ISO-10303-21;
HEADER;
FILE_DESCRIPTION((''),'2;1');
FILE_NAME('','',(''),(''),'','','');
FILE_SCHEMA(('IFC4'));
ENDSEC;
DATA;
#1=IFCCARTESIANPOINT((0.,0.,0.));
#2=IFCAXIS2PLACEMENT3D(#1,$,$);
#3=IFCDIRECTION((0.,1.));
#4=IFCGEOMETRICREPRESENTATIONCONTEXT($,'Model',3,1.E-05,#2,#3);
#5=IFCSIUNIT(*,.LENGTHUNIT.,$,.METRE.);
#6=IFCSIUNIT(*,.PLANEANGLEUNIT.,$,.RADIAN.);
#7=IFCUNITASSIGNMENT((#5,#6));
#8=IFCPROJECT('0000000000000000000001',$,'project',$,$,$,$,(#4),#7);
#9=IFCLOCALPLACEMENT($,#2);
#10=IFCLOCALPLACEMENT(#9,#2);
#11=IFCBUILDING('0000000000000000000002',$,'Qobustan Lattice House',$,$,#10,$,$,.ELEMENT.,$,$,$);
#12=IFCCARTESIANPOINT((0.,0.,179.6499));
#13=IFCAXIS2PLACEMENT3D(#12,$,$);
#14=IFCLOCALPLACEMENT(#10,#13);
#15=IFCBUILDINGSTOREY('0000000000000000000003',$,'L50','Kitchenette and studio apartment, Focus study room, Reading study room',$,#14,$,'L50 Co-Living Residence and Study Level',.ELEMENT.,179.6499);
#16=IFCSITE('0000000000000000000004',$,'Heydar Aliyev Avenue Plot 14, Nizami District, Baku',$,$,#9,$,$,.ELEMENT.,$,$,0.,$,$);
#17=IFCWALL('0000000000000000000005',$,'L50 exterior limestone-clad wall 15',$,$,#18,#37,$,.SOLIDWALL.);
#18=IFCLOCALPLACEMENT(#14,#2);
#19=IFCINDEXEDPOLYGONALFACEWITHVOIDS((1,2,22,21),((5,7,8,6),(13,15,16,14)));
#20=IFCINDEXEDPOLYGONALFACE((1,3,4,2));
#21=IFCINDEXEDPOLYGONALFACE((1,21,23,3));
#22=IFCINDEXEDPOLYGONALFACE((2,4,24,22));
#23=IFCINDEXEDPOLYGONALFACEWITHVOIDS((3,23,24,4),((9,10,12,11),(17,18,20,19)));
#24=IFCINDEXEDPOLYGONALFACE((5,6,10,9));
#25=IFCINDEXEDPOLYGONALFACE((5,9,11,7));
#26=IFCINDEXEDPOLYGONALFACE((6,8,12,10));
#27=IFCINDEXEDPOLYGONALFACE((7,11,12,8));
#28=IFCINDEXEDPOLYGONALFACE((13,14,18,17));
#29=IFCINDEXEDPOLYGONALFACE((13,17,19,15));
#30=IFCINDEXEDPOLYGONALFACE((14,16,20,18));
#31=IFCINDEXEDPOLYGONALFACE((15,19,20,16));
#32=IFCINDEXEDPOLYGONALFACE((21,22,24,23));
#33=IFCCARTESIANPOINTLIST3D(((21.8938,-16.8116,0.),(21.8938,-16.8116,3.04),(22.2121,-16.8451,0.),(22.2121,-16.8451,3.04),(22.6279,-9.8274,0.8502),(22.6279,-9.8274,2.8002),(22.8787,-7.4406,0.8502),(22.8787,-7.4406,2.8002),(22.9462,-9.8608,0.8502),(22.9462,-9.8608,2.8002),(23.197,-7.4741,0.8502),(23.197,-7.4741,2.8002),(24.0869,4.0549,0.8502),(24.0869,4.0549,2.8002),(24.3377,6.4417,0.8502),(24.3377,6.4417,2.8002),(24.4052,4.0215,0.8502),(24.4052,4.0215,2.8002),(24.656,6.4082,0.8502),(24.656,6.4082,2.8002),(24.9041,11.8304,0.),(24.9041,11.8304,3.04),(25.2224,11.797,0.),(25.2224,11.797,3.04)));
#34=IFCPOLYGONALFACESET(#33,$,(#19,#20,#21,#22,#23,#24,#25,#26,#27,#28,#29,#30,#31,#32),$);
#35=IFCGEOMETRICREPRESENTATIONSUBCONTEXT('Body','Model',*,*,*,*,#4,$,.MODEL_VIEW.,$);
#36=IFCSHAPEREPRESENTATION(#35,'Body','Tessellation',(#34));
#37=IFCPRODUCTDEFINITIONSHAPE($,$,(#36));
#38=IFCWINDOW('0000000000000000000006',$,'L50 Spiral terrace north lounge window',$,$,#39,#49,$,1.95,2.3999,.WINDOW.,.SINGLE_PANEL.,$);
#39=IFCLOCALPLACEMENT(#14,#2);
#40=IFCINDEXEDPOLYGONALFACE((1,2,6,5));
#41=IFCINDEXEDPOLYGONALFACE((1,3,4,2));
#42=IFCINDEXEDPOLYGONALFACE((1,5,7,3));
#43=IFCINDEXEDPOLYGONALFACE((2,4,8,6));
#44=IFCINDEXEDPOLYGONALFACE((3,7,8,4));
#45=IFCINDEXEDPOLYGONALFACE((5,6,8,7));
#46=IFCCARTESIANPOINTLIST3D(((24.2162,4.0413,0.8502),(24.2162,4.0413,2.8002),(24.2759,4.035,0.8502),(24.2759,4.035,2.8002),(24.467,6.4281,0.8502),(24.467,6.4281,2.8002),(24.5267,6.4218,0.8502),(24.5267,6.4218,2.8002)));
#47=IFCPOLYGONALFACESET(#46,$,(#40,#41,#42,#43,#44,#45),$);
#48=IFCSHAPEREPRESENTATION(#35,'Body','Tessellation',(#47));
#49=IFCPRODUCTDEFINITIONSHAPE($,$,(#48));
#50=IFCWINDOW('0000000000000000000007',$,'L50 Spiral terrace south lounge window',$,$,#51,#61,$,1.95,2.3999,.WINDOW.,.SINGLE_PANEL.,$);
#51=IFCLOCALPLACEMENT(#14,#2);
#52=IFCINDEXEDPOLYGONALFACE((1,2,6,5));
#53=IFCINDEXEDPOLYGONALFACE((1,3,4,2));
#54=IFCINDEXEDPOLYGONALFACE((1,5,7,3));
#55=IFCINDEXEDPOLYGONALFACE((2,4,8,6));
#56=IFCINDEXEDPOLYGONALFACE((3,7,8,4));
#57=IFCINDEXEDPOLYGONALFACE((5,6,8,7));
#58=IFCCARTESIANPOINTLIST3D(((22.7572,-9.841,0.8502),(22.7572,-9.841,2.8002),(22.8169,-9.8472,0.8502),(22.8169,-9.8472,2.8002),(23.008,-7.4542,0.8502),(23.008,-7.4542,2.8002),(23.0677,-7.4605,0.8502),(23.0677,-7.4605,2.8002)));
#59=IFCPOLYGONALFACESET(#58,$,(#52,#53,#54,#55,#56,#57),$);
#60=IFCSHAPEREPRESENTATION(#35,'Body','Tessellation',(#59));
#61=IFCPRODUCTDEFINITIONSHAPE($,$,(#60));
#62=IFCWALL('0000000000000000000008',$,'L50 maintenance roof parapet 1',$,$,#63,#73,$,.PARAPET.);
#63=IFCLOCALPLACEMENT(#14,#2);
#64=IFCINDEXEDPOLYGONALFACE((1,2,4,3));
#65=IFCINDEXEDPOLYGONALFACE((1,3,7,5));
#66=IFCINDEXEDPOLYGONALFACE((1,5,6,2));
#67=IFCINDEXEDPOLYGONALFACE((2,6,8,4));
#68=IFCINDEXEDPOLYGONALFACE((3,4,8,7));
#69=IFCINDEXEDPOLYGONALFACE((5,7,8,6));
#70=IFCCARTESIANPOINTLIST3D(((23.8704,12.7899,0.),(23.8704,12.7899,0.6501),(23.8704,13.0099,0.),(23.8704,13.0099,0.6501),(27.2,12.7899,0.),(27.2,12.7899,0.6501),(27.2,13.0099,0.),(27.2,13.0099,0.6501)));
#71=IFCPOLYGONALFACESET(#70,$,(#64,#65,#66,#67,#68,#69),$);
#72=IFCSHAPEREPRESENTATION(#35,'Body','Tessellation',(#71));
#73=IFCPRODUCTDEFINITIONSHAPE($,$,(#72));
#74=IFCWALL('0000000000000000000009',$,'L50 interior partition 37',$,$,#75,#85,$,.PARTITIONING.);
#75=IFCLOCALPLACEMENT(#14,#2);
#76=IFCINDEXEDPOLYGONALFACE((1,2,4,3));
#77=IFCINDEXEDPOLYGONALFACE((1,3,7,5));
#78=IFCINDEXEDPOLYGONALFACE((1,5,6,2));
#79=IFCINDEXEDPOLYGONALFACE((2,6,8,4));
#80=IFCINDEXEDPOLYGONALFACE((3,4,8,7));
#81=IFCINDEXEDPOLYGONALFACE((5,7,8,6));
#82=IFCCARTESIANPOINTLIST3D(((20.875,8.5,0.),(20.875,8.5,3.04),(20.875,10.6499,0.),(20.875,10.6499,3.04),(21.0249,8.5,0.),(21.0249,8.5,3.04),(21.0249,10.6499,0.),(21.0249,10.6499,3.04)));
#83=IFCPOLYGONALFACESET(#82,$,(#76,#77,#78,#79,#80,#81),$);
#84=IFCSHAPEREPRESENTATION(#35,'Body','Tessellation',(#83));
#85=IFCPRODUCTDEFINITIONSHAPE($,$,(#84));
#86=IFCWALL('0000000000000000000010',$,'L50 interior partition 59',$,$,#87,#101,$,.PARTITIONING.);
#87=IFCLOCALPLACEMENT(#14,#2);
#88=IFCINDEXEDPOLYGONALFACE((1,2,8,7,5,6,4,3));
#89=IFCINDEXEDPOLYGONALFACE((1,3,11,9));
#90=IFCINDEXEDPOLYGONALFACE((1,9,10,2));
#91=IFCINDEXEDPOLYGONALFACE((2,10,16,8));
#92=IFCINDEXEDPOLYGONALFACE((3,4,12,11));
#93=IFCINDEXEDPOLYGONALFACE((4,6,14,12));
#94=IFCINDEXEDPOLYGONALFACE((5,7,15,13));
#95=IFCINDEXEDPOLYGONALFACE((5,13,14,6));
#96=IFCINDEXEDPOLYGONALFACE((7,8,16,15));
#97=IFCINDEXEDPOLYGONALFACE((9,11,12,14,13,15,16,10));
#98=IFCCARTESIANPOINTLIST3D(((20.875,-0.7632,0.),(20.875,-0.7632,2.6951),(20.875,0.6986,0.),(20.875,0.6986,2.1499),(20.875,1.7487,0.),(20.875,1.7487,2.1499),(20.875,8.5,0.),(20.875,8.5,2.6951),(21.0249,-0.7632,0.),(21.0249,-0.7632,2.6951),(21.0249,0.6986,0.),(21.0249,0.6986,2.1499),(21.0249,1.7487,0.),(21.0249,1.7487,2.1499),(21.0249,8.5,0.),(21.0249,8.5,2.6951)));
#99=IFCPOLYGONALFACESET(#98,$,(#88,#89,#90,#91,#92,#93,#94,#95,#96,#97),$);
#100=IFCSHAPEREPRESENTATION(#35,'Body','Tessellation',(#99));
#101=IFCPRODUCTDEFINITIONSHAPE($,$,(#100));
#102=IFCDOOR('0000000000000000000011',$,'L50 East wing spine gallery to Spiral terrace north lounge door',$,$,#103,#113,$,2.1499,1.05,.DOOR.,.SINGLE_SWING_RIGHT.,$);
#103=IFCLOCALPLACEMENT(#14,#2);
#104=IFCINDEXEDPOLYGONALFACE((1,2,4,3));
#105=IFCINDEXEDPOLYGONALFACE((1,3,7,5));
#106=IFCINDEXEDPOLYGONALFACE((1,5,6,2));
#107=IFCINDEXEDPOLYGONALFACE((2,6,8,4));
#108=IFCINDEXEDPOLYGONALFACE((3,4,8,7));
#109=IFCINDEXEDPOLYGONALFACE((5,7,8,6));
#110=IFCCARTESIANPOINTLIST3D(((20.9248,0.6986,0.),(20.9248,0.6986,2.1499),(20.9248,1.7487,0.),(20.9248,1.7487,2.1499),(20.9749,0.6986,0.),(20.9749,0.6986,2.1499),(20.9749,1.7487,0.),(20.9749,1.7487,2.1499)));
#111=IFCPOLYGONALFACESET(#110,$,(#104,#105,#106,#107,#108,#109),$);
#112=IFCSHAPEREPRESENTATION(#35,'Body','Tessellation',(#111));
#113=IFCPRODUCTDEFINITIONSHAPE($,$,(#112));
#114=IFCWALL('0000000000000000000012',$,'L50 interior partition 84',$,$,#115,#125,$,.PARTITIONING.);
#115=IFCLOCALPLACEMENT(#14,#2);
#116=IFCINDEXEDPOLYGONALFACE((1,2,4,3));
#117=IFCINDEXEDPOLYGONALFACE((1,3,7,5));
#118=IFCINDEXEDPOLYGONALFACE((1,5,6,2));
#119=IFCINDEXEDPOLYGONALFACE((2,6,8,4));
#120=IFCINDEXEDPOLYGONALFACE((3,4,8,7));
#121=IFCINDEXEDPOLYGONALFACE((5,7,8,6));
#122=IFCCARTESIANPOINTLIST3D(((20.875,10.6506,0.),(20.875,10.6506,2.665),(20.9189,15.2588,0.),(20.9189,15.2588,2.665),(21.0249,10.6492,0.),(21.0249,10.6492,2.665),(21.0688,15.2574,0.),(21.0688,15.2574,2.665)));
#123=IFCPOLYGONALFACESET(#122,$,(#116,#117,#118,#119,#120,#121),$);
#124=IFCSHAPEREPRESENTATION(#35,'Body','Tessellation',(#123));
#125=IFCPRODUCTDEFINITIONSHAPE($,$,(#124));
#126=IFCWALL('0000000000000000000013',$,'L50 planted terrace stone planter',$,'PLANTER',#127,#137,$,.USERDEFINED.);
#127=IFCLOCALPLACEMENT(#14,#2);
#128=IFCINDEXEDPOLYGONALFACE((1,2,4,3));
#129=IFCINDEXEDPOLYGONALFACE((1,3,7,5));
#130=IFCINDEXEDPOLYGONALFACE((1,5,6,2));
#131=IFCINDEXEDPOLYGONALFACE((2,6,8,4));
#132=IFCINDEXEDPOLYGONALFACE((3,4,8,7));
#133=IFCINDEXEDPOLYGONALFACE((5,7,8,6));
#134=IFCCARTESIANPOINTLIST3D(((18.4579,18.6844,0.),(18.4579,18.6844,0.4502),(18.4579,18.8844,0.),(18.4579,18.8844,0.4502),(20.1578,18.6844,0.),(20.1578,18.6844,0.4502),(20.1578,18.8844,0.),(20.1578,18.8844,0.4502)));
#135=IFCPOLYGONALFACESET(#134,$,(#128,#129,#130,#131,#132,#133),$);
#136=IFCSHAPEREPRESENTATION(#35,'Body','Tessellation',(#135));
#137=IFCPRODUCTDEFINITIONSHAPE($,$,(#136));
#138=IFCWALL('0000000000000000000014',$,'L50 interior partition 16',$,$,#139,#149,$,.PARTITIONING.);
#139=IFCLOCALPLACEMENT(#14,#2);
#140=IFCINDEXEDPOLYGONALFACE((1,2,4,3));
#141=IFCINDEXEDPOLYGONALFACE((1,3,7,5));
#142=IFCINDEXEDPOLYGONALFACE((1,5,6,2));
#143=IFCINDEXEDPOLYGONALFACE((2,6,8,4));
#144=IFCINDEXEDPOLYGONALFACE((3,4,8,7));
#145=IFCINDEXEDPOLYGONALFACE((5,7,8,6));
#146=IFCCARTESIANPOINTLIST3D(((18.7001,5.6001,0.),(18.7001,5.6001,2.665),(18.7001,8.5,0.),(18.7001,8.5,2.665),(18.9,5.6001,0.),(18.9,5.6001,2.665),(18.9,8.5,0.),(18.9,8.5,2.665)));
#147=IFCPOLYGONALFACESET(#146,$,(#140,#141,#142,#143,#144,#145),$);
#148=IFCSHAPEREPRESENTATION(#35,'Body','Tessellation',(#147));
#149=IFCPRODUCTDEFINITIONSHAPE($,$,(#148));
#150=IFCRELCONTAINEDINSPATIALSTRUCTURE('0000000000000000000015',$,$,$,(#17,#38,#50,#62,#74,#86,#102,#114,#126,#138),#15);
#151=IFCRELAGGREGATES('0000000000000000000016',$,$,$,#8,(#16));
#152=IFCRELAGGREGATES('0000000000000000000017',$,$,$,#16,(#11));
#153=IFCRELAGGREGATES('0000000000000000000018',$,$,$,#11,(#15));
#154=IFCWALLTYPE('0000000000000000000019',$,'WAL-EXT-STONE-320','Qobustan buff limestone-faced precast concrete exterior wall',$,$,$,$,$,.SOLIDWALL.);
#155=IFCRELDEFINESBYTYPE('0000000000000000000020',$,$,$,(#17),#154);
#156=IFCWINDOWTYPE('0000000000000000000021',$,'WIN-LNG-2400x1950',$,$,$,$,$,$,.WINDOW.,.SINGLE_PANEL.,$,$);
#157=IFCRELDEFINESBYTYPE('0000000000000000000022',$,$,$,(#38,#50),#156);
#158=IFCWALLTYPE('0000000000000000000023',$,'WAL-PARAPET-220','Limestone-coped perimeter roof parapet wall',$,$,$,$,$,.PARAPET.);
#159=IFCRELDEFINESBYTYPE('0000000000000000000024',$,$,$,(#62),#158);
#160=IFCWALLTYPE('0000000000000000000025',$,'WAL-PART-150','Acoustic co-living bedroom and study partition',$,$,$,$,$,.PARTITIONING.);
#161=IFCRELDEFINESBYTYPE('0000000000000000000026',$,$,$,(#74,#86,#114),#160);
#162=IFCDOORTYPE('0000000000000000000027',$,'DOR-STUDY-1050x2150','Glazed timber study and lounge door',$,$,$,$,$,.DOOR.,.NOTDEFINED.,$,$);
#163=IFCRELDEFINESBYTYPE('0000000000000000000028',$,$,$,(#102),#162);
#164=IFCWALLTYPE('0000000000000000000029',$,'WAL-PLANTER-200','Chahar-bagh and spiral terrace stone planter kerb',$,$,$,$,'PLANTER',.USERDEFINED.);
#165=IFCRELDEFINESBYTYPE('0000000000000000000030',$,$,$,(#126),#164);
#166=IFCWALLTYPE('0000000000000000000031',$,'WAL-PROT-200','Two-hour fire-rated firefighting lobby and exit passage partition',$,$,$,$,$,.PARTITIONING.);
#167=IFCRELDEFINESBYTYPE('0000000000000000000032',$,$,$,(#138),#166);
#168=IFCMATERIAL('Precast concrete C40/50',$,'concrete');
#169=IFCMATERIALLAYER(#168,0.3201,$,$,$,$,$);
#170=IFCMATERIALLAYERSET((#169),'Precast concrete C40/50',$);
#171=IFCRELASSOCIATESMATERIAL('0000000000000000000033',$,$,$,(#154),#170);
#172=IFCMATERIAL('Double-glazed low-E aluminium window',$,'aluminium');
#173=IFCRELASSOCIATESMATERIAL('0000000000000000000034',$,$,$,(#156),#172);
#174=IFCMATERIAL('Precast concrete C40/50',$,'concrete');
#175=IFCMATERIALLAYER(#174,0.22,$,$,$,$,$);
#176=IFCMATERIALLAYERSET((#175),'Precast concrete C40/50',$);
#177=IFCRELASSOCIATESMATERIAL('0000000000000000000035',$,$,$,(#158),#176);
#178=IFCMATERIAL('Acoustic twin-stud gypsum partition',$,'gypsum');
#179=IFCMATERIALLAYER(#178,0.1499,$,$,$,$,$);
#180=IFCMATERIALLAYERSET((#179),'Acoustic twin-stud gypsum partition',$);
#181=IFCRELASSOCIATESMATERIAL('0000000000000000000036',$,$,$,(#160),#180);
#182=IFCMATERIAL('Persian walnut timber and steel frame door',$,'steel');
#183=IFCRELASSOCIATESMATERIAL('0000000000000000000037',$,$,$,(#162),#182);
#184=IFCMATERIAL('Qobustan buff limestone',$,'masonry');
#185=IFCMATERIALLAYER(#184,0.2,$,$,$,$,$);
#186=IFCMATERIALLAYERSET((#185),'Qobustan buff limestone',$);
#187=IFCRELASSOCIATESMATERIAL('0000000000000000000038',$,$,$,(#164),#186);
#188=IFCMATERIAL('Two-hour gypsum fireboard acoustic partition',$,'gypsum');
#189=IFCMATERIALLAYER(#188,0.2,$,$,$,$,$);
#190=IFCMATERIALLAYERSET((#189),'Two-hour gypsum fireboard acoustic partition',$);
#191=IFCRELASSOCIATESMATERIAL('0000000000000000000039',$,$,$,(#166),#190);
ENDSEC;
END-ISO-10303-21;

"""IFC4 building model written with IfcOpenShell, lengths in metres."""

from ifc_helpers import new_model, si_unit, direction, frame, frame_2d, origin, place, context, subcontext, project, spatial, rectangle, extrude, material, layer, layer_set, type_object, element, fill, save


model = new_model("IFC4")

# Units and contexts
model_context = context("Model", 3, precision=1e-05, world=origin(), true_north=direction((0.0, 1.0)))
body_context = subcontext(model_context, "Body", "Model", "MODEL_VIEW")
ifc_project = project(units=[si_unit("LENGTHUNIT", "METRE"), si_unit("PLANEANGLEUNIT", "RADIAN")], contexts=[model_context])

# Site, building, storey
site_placement = place(None, origin())
site = spatial("IfcSite", under=ifc_project, at=site_placement, Name="Heydar Aliyev Avenue Plot 14, Nizami District, Baku", CompositionType="ELEMENT", RefElevation=0.0)
building_placement = place(site_placement, origin())
building = spatial("IfcBuilding", under=site, at=building_placement, Name="Qobustan Lattice House", CompositionType="ELEMENT")
storey_placement = place(building_placement, frame((0.0, 0.0, 179.6499)))
storey = spatial("IfcBuildingStorey", under=building, at=storey_placement, Name="L50", Description="Kitchenette and studio apartment, Focus study room, Reading study room", LongName="L50 Co-Living Residence and Study Level", CompositionType="ELEMENT", Elevation=179.6499)

# Shared definitions
ifc_material_1 = material(Name="Precast concrete C40/50", Category="concrete")
ifc_layer_1 = layer(ifc_material_1, 0.3201)
ifc_layer_set_1 = layer_set([ifc_layer_1], Name="Precast concrete C40/50")
wall_type_1 = type_object("IfcWallType", Name="WAL-EXT-STONE-320", Description="Qobustan buff limestone-faced precast concrete exterior wall", PredefinedType="SOLIDWALL", material=ifc_layer_set_1)

# Wall, openings, windows
wall_1_placement = place(storey_placement, frame((25.0632, 11.8137, 0.0), z_axis=(0.0, 0.0, 1.0), x_axis=(-0.104523, -0.994522, 0.0)))
wall_1 = element("IfcWall", 1, at=wall_1_placement, inside=storey, type_object=wall_type_1, Name="L50 exterior limestone-clad wall 15", PredefinedType="SOLIDWALL", context=body_context, shape_type="SweptSolid", body=[
    extrude(rectangle(XDim=28.7998, YDim=0.3201, at=frame_2d((14.3999, 0.0))), origin(), (0.0, 0.0, 1.0), 3.04),
])
opening_1_placement = place(wall_1_placement, frame((5.4185, 0.0, 0.8501)))
opening_1 = element("IfcOpeningElement", 2, at=opening_1_placement, cuts=wall_1, PredefinedType="OPENING", context=body_context, shape_type="SweptSolid", body=[
    extrude(rectangle(XDim=2.3999, YDim=1.95, at=frame_2d((1.2, 0.9751))), frame((0.0, 0.1699, 0.0), z_axis=(0.0, -1.0, 0.0), x_axis=(1.0, 0.0, 0.0)), (0.0, 0.0, 1.0), 0.3401),
])
opening_2_placement = place(wall_1_placement, frame((19.3772, 0.0, 0.8501)))
opening_2 = element("IfcOpeningElement", 3, at=opening_2_placement, cuts=wall_1, PredefinedType="OPENING", context=body_context, shape_type="SweptSolid", body=[
    extrude(rectangle(XDim=2.3999, YDim=1.95, at=frame_2d((1.2, 0.9751))), frame((0.0, 0.1699, 0.0), z_axis=(0.0, -1.0, 0.0), x_axis=(1.0, 0.0, 0.0)), (0.0, 0.0, 1.0), 0.3401),
])
ifc_material_2 = material(Name="Double-glazed low-E aluminium window", Category="aluminium")
window_type = type_object("IfcWindowType", Name="WIN-LNG-2400x1950", PartitioningType="SINGLE_PANEL", PredefinedType="WINDOW", material=ifc_material_2)
window_1_placement = place(opening_1_placement, origin())
window_1 = element("IfcWindow", 4, at=window_1_placement, inside=storey, type_object=window_type, Name="L50 Spiral terrace north lounge window", OverallHeight=1.95, OverallWidth=2.3999, PartitioningType="SINGLE_PANEL", PredefinedType="WINDOW", context=body_context, shape_type="SweptSolid", body=[
    extrude(rectangle(XDim=2.3999, YDim=1.95, at=frame_2d((1.2, 0.9751))), frame((0.0, 0.03, 0.0), z_axis=(0.0, -1.0, 0.0), x_axis=(1.0, 0.0, 0.0)), (0.0, 0.0, 1.0), 0.0601),
])
fill(opening_1, window_1)
window_2_placement = place(opening_2_placement, origin())
window_2 = element("IfcWindow", 5, at=window_2_placement, inside=storey, type_object=window_type, Name="L50 Spiral terrace south lounge window", OverallHeight=1.95, OverallWidth=2.3999, PartitioningType="SINGLE_PANEL", PredefinedType="WINDOW", context=body_context, shape_type="SweptSolid", body=[
    extrude(rectangle(XDim=2.3999, YDim=1.95, at=frame_2d((1.2, 0.9751))), frame((0.0, 0.03, 0.0), z_axis=(0.0, -1.0, 0.0), x_axis=(1.0, 0.0, 0.0)), (0.0, 0.0, 1.0), 0.0601),
])
fill(opening_2, window_2)

# Walls
ifc_material_3 = material(Name="Precast concrete C40/50", Category="concrete")
ifc_layer_2 = layer(ifc_material_3, 0.22)
ifc_layer_set_2 = layer_set([ifc_layer_2], Name="Precast concrete C40/50")
wall_type_2 = type_object("IfcWallType", Name="WAL-PARAPET-220", Description="Limestone-coped perimeter roof parapet wall", PredefinedType="PARAPET", material=ifc_layer_set_2)
wall_2_placement = place(storey_placement, frame((27.2, 12.8999, 0.0), z_axis=(0.0, 0.0, 1.0), x_axis=(-1.0, 0.0, 0.0)))
element("IfcWall", 6, at=wall_2_placement, inside=storey, type_object=wall_type_2, Name="L50 maintenance roof parapet 1", PredefinedType="PARAPET", context=body_context, shape_type="SweptSolid", body=[
    extrude(rectangle(XDim=3.3296, YDim=0.22, at=frame_2d((1.6648, 0.0))), origin(), (0.0, 0.0, 1.0), 0.6501),
])
ifc_material_4 = material(Name="Acoustic twin-stud gypsum partition", Category="gypsum")
ifc_layer_3 = layer(ifc_material_4, 0.1499)
ifc_layer_set_3 = layer_set([ifc_layer_3], Name="Acoustic twin-stud gypsum partition")
wall_type_3 = type_object("IfcWallType", Name="WAL-PART-150", Description="Acoustic co-living bedroom and study partition", PredefinedType="PARTITIONING", material=ifc_layer_set_3)
wall_3_placement = place(storey_placement, frame((20.95, 10.6499, 0.0), z_axis=(0.0, 0.0, 1.0), x_axis=(0.0, -1.0, 0.0)))
element("IfcWall", 7, at=wall_3_placement, inside=storey, type_object=wall_type_3, Name="L50 interior partition 37", PredefinedType="PARTITIONING", context=body_context, shape_type="SweptSolid", body=[
    extrude(rectangle(XDim=2.1499, YDim=0.1499, at=frame_2d((1.075, 0.0))), origin(), (0.0, 0.0, 1.0), 3.04),
])

# Wall, opening, door
wall_4_placement = place(storey_placement, frame((20.95, 8.5, 0.0), z_axis=(0.0, 0.0, 1.0), x_axis=(0.0, -1.0, 0.0)))
wall_4 = element("IfcWall", 8, at=wall_4_placement, inside=storey, type_object=wall_type_3, Name="L50 interior partition 59", PredefinedType="PARTITIONING", context=body_context, shape_type="SweptSolid", body=[
    extrude(rectangle(XDim=9.2632, YDim=0.1499, at=frame_2d((4.6316, 0.0))), origin(), (0.0, 0.0, 1.0), 2.6951),
])
opening_3_placement = place(wall_4_placement, frame((6.7515, 0.0, 0.0)))
opening_3 = element("IfcOpeningElement", 9, at=opening_3_placement, cuts=wall_4, PredefinedType="OPENING", context=body_context, shape_type="SweptSolid", body=[
    extrude(rectangle(XDim=1.05, YDim=2.1499, at=frame_2d((0.5249, 1.075))), frame((0.0, 0.085, 0.0), z_axis=(0.0, -1.0, 0.0), x_axis=(1.0, 0.0, 0.0)), (0.0, 0.0, 1.0), 0.1699),
])
ifc_material_5 = material(Name="Persian walnut timber and steel frame door", Category="steel")
door_type_1 = type_object("IfcDoorType", Name="DOR-STUDY-1050x2150", Description="Glazed timber study and lounge door", OperationType="NOTDEFINED", PredefinedType="DOOR", material=ifc_material_5)
door_1_placement = place(opening_3_placement, origin())
door_1 = element("IfcDoor", 10, at=door_1_placement, inside=storey, type_object=door_type_1, Name="L50 East wing spine gallery to Spiral terrace north lounge door", OperationType="SINGLE_SWING_RIGHT", OverallHeight=2.1499, OverallWidth=1.05, PredefinedType="DOOR", context=body_context, shape_type="SweptSolid", body=[
    extrude(rectangle(XDim=1.05, YDim=2.1499, at=frame_2d((0.5249, 1.075))), frame((0.0, 0.0249, 0.0), z_axis=(0.0, -1.0, 0.0), x_axis=(1.0, 0.0, 0.0)), (0.0, 0.0, 1.0), 0.05),
])
fill(opening_3, door_1)

# Walls
wall_5_placement = place(storey_placement, frame((20.95, 10.6499, 0.0), z_axis=(0.0, 0.0, 1.0), x_axis=(0.009536, 0.999955, 0.0)))
element("IfcWall", 11, at=wall_5_placement, inside=storey, type_object=wall_type_3, Name="L50 interior partition 84", PredefinedType="PARTITIONING", context=body_context, shape_type="SweptSolid", body=[
    extrude(rectangle(XDim=4.6084, YDim=0.1499, at=frame_2d((2.3042, 0.0))), origin(), (0.0, 0.0, 1.0), 2.665),
])
ifc_material_6 = material(Name="Qobustan buff limestone", Category="masonry")
ifc_layer_4 = layer(ifc_material_6, 0.2)
ifc_layer_set_4 = layer_set([ifc_layer_4], Name="Qobustan buff limestone")
wall_type_4 = type_object("IfcWallType", Name="WAL-PLANTER-200", Description="Chahar-bagh and spiral terrace stone planter kerb", ElementType="PLANTER", PredefinedType="USERDEFINED", material=ifc_layer_set_4)
wall_6_placement = place(storey_placement, frame((18.4578, 18.7844, 0.0), z_axis=(0.0, 0.0, 1.0), x_axis=(1.0, 0.0, 0.0)))
element("IfcWall", 12, at=wall_6_placement, inside=storey, type_object=wall_type_4, Name="L50 planted terrace stone planter", ObjectType="PLANTER", PredefinedType="USERDEFINED", context=body_context, shape_type="SweptSolid", body=[
    extrude(rectangle(XDim=1.7, YDim=0.2, at=frame_2d((0.8501, 0.0))), origin(), (0.0, 0.0, 1.0), 0.4502),
])

# Shared definitions
ifc_material_7 = material(Name="Two-hour gypsum fireboard acoustic partition", Category="gypsum")
ifc_layer_5 = layer(ifc_material_7, 0.2)
ifc_layer_set_5 = layer_set([ifc_layer_5], Name="Two-hour gypsum fireboard acoustic partition")
wall_type_5 = type_object("IfcWallType", Name="WAL-PROT-200", Description="Two-hour fire-rated firefighting lobby and exit passage partition", PredefinedType="PARTITIONING", material=ifc_layer_set_5)

# Wall
wall_7_placement = place(storey_placement, frame((18.8, 5.6001, 0.0), z_axis=(0.0, 0.0, 1.0), x_axis=(0.0, 1.0, 0.0)))
element("IfcWall", 13, at=wall_7_placement, inside=storey, type_object=wall_type_5, Name="L50 interior partition 16", PredefinedType="PARTITIONING", context=body_context, shape_type="SweptSolid", body=[
    extrude(rectangle(XDim=2.8999, YDim=0.2, at=frame_2d((1.45, 0.0))), origin(), (0.0, 0.0, 1.0), 2.665),
])

save(model, "model.ifc")
